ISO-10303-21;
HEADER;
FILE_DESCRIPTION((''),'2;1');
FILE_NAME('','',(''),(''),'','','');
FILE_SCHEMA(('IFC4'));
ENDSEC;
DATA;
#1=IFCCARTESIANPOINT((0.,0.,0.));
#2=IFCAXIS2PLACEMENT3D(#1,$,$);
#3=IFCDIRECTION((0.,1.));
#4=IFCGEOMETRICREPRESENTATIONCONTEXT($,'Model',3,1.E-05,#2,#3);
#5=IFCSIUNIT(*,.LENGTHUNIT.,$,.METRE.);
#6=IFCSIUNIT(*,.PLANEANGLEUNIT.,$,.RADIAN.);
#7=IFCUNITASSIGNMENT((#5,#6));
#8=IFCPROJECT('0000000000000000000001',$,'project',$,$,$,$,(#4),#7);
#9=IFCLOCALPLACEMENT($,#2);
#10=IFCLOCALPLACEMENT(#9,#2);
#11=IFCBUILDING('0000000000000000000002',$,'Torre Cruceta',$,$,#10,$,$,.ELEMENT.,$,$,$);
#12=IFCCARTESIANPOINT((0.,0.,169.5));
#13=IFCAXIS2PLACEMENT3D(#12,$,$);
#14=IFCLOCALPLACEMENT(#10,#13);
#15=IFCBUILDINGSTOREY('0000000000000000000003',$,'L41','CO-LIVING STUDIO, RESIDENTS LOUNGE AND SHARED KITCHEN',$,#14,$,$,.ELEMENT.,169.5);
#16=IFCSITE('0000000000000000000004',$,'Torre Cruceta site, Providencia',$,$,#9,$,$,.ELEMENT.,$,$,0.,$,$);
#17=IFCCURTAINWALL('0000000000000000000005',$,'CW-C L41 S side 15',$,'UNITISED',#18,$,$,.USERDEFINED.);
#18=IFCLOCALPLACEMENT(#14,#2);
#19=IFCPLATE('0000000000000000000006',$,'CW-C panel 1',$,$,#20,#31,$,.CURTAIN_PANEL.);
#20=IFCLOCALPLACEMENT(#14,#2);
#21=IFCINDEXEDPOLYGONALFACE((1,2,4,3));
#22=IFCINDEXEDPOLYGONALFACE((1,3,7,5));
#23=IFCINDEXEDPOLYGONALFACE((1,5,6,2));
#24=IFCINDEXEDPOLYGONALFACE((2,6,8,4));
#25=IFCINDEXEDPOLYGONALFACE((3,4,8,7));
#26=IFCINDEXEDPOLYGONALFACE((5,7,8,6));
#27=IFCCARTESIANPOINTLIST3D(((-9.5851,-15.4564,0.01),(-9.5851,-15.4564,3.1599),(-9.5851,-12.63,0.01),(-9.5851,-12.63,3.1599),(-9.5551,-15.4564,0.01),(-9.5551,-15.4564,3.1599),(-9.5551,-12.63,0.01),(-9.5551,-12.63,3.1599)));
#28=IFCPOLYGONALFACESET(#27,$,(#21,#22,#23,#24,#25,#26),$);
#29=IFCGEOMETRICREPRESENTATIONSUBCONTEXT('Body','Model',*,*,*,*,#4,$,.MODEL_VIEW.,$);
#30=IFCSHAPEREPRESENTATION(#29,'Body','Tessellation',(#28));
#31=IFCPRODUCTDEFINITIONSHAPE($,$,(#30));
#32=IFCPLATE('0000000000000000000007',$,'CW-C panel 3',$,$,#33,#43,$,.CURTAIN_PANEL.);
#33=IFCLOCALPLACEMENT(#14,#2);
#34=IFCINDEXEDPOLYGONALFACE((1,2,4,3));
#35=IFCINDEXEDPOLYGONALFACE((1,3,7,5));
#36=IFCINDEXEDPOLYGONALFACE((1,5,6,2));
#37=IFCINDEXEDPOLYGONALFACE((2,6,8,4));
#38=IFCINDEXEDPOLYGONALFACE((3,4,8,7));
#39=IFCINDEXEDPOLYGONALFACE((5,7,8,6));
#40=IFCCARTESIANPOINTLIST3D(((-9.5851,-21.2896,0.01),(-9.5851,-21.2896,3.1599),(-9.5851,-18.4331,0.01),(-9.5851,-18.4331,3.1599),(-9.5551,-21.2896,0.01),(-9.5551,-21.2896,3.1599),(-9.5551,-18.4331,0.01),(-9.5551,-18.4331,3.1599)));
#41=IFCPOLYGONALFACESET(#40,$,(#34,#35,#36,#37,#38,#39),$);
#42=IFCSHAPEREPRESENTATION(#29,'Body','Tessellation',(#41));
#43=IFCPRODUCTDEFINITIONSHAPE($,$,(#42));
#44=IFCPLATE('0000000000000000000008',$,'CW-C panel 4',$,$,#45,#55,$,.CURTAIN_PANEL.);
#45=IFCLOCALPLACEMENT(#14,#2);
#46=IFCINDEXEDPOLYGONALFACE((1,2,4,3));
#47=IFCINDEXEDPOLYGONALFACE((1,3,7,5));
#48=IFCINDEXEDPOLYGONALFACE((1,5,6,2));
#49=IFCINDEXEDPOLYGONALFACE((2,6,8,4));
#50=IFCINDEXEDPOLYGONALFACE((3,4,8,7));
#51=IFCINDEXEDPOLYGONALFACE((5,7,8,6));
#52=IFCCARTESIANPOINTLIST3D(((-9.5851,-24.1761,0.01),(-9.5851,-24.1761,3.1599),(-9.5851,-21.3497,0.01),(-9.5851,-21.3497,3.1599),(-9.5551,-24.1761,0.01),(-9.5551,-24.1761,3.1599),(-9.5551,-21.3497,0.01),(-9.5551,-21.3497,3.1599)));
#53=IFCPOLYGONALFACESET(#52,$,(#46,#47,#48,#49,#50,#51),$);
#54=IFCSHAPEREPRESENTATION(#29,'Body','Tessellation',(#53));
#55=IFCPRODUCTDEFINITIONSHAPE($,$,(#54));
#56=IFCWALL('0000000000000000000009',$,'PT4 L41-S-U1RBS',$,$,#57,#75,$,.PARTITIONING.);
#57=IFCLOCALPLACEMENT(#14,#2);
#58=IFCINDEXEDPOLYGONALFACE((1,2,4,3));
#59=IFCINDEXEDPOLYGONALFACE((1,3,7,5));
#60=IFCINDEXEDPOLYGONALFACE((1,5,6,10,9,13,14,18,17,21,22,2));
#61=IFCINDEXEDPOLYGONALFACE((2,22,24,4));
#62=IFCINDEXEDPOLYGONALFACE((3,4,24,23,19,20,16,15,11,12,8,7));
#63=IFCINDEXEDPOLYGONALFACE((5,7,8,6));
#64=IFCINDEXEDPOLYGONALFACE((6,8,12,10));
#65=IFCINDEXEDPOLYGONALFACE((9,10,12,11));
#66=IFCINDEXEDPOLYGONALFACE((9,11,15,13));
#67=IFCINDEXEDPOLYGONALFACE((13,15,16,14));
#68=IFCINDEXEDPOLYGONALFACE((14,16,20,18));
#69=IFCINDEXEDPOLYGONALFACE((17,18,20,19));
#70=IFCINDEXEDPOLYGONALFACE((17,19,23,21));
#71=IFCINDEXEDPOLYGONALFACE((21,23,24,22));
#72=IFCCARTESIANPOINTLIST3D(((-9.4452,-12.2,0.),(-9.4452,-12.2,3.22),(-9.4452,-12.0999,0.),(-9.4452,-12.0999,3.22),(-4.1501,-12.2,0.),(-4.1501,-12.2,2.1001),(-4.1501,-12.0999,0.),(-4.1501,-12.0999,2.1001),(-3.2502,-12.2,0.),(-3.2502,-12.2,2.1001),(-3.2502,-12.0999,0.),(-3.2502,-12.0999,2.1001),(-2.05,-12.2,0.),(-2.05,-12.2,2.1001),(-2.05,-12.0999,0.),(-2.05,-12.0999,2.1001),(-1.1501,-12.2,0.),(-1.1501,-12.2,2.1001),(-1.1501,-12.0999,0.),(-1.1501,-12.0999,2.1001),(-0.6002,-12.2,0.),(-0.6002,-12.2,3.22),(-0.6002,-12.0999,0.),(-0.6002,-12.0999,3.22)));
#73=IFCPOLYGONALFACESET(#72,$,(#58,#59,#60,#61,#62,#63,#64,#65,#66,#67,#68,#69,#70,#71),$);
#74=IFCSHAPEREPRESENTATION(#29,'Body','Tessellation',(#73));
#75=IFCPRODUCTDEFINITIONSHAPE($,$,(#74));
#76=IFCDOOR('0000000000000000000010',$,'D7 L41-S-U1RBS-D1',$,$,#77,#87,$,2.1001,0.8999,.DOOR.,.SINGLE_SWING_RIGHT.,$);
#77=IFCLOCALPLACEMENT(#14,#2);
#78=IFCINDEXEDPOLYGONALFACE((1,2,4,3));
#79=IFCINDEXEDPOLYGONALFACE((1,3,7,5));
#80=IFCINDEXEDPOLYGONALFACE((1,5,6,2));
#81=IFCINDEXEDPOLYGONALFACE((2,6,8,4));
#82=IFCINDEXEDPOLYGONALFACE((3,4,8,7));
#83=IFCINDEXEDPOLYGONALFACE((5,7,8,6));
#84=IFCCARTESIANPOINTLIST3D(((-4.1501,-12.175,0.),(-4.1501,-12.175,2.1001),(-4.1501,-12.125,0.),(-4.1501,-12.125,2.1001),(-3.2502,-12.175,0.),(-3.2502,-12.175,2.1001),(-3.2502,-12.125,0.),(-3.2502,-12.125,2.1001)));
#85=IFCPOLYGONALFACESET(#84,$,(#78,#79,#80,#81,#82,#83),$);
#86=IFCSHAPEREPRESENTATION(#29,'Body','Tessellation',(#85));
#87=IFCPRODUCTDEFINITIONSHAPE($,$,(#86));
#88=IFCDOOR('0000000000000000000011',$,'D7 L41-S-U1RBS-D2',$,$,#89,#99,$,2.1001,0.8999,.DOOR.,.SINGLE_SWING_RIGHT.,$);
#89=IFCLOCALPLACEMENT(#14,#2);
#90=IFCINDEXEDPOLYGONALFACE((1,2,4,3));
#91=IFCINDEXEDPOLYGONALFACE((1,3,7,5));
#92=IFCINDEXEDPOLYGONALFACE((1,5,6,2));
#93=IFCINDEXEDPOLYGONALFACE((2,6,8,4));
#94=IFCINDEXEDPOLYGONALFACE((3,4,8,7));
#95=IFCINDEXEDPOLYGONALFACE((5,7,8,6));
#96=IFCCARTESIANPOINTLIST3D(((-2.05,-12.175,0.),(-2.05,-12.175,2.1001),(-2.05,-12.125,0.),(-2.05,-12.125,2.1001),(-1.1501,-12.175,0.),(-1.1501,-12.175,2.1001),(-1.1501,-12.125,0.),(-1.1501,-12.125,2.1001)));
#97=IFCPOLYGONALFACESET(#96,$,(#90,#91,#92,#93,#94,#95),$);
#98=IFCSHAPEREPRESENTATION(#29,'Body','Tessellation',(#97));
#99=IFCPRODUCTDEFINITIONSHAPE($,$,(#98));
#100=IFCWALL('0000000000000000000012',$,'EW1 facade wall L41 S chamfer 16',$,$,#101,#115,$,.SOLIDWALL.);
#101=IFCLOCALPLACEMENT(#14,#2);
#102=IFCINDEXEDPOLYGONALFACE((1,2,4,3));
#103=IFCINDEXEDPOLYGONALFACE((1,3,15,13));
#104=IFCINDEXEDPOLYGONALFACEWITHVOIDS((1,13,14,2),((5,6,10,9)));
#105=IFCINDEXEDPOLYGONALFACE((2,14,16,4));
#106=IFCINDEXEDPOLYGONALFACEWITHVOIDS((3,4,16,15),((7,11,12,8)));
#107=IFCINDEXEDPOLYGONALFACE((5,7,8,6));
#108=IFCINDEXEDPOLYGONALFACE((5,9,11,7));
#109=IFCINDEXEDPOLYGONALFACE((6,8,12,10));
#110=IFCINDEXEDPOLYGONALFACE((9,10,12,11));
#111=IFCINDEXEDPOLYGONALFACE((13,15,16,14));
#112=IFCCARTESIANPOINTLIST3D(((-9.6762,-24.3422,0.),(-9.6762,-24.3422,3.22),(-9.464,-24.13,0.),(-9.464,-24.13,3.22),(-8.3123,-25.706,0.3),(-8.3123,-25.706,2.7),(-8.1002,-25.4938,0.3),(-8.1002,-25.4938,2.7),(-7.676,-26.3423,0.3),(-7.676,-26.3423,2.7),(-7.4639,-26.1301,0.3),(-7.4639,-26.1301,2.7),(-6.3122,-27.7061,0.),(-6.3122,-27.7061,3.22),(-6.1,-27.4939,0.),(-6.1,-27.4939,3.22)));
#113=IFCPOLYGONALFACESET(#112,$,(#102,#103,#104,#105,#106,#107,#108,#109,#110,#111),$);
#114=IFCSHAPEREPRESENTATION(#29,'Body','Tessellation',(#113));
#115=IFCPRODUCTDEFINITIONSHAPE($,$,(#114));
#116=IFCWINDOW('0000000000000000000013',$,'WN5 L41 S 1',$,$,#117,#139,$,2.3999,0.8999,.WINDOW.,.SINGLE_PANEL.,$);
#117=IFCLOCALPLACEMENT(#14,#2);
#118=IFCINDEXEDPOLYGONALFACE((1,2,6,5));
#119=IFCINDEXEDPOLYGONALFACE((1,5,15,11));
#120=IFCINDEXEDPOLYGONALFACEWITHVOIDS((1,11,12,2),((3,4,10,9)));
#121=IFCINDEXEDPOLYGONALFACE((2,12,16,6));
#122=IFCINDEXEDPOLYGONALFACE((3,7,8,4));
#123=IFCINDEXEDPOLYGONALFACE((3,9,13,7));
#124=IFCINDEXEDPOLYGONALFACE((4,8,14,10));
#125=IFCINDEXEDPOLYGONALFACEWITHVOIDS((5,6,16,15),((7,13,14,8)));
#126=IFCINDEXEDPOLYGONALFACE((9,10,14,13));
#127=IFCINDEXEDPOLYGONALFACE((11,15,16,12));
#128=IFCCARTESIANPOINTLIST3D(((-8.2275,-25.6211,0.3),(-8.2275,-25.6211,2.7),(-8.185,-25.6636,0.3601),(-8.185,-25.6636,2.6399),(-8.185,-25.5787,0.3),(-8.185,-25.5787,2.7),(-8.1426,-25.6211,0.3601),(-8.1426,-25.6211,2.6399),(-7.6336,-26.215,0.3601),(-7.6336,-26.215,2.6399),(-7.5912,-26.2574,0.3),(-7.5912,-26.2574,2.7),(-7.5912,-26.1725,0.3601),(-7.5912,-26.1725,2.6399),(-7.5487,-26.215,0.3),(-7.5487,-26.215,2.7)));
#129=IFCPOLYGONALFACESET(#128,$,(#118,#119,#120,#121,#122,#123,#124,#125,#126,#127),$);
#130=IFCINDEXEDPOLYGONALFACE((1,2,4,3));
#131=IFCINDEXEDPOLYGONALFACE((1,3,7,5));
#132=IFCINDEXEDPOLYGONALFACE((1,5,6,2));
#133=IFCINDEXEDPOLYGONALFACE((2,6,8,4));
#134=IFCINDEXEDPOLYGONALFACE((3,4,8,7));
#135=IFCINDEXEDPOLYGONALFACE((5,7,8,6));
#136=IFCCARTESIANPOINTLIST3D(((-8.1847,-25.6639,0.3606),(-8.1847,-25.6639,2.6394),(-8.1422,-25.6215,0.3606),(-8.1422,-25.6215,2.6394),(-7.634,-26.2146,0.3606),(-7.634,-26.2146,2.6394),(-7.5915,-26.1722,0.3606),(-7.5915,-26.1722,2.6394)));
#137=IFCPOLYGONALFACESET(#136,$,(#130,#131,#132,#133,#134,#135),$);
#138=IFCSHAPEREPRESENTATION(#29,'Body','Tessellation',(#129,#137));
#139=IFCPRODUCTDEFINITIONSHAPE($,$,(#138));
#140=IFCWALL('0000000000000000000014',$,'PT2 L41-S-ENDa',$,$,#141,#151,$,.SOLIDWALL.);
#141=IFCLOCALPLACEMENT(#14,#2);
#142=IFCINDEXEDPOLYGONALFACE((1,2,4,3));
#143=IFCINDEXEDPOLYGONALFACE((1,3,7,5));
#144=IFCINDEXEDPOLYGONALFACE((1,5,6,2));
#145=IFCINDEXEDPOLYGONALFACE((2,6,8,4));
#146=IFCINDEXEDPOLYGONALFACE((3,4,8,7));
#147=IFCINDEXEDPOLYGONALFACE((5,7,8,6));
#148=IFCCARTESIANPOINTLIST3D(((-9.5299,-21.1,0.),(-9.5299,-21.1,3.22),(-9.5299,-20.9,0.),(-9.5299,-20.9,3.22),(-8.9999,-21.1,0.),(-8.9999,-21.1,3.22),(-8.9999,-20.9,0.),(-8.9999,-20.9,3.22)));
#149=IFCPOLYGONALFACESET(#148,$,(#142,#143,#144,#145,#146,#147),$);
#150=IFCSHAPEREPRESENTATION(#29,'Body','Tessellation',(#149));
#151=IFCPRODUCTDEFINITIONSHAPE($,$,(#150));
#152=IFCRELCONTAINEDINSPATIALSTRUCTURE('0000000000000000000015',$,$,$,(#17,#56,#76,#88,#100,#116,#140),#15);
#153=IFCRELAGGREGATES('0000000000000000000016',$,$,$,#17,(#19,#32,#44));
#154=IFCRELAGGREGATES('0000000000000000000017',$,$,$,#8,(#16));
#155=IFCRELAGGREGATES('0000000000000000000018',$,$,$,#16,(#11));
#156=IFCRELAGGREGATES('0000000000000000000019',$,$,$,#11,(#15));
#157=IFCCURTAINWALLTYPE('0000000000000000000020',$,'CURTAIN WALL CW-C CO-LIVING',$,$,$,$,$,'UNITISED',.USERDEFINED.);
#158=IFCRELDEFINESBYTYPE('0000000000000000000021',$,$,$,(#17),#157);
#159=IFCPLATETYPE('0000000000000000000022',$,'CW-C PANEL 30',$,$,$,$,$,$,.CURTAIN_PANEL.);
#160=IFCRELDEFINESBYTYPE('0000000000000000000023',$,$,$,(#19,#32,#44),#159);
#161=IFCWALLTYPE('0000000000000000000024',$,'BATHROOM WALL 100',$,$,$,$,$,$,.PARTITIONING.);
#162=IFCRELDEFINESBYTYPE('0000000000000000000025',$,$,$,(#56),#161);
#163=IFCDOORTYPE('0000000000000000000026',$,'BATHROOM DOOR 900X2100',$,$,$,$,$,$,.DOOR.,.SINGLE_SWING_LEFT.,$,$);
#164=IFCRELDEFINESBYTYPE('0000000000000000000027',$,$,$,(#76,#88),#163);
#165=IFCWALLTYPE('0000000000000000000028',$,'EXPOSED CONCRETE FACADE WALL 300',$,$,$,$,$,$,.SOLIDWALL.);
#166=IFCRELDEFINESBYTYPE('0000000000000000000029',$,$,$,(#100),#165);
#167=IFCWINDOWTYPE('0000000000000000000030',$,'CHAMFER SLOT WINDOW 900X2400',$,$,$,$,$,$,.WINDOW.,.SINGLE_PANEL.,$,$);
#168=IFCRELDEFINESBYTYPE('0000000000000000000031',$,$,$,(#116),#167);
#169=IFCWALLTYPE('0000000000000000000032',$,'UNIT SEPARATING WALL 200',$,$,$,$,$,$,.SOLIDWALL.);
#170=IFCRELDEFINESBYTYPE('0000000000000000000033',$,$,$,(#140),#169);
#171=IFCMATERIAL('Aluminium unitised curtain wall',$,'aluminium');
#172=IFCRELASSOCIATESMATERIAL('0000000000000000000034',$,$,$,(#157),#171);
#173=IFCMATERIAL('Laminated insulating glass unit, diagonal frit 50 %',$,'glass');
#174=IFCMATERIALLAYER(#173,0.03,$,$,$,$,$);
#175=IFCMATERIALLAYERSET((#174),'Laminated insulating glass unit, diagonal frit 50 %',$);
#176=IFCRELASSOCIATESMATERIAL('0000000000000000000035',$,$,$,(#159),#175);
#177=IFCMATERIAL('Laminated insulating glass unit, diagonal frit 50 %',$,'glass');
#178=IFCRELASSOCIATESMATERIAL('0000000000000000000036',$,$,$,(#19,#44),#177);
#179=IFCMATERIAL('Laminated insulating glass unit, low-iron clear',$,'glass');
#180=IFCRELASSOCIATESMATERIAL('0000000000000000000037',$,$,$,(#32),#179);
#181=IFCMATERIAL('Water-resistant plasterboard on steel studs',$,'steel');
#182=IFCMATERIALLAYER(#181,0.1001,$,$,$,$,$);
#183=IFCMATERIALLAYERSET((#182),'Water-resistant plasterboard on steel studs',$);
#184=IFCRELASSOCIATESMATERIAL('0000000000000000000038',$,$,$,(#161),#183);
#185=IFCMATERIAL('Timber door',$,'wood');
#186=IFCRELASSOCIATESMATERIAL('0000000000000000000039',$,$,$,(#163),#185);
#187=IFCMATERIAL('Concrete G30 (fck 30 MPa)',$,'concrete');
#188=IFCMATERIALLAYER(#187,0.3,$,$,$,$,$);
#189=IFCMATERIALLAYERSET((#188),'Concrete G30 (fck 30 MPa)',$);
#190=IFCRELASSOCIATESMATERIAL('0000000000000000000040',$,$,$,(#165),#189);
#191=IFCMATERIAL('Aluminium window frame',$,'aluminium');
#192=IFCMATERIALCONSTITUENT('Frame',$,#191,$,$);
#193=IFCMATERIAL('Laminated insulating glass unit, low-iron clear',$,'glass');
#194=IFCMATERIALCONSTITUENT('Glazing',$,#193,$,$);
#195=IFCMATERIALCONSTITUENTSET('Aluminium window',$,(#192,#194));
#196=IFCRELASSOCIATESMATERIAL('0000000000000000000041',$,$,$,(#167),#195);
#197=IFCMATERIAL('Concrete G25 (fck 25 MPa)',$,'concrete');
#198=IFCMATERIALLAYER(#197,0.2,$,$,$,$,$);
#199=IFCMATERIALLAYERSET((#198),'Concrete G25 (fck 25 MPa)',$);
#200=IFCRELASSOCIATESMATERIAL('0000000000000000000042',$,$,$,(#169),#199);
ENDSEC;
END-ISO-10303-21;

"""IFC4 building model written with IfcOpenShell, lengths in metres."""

from ifc_helpers import new_model, si_unit, direction, frame, frame_2d, origin, origin_2d, place, context, subcontext, project, spatial, rectangle, hollow_rectangle, extrude, material, layer, layer_set, constituent, constituent_set, type_object, element, fill, aggregate, save


model = new_model("IFC4")

# Units and contexts
model_context = context("Model", 3, precision=1e-05, world=origin(), true_north=direction((0.0, 1.0)))
body_context = subcontext(model_context, "Body", "Model", "MODEL_VIEW")
ifc_project = project(units=[si_unit("LENGTHUNIT", "METRE"), si_unit("PLANEANGLEUNIT", "RADIAN")], contexts=[model_context])

# Site, building, storey
site_placement = place(None, origin())
site = spatial("IfcSite", under=ifc_project, at=site_placement, Name="Torre Cruceta site, Providencia", CompositionType="ELEMENT", RefElevation=0.0)
building_placement = place(site_placement, origin())
building = spatial("IfcBuilding", under=site, at=building_placement, Name="Torre Cruceta", CompositionType="ELEMENT")
storey_placement = place(building_placement, frame((0.0, 0.0, 169.5)))
storey = spatial("IfcBuildingStorey", under=building, at=storey_placement, Name="L41", Description="CO-LIVING STUDIO, RESIDENTS LOUNGE AND SHARED KITCHEN", CompositionType="ELEMENT", Elevation=169.5)

# Shared definitions
ifc_material_1 = material(Name="Aluminium unitised curtain wall", Category="aluminium")
curtain_wall_type = type_object("IfcCurtainWallType", Name="CURTAIN WALL CW-C CO-LIVING", ElementType="UNITISED", PredefinedType="USERDEFINED", material=ifc_material_1)

# Curtain wall
curtain_wall_1_placement = place(storey_placement, origin())
curtain_wall_1 = element("IfcCurtainWall", 1, at=curtain_wall_1_placement, inside=storey, type_object=curtain_wall_type, Name="CW-C L41 S side 15", ObjectType="UNITISED", PredefinedType="USERDEFINED")

# Plates
ifc_material_2 = material(Name="Laminated insulating glass unit, low-iron clear", Category="glass")
ifc_material_3 = material(Name="Laminated insulating glass unit, diagonal frit 50 %", Category="glass")
ifc_material_4 = material(Name="Laminated insulating glass unit, diagonal frit 50 %", Category="glass")
ifc_layer_1 = layer(ifc_material_4, 0.03)
ifc_layer_set_1 = layer_set([ifc_layer_1], Name="Laminated insulating glass unit, diagonal frit 50 %")
plate_type_1 = type_object("IfcPlateType", Name="CW-C PANEL 30", PredefinedType="CURTAIN_PANEL", material=ifc_layer_set_1)
plate_1_placement = place(storey_placement, frame((-9.5701, -14.0432, 0.01), z_axis=(0.0, 0.0, 1.0), x_axis=(0.0, -1.0, 0.0)))
plate_1 = element("IfcPlate", 2, at=plate_1_placement, type_object=plate_type_1, material=ifc_material_3, Name="CW-C panel 1", PredefinedType="CURTAIN_PANEL", context=body_context, shape_type="SweptSolid", body=[
    extrude(rectangle(XDim=2.8264, YDim=0.03, at=origin_2d()), origin(), (0.0, 0.0, 1.0), 3.1499),
])
plate_2_placement = place(storey_placement, frame((-9.5701, -19.8613, 0.01), z_axis=(0.0, 0.0, 1.0), x_axis=(0.0, -1.0, 0.0)))
plate_2 = element("IfcPlate", 3, at=plate_2_placement, type_object=plate_type_1, material=ifc_material_2, Name="CW-C panel 3", PredefinedType="CURTAIN_PANEL", context=body_context, shape_type="SweptSolid", body=[
    extrude(rectangle(XDim=2.8564, YDim=0.03, at=origin_2d()), origin(), (0.0, 0.0, 1.0), 3.1499),
])
plate_3_placement = place(storey_placement, frame((-9.5701, -22.7629, 0.01), z_axis=(0.0, 0.0, 1.0), x_axis=(0.0, -1.0, 0.0)))
plate_3 = element("IfcPlate", 4, at=plate_3_placement, type_object=plate_type_1, material=ifc_material_3, Name="CW-C panel 4", PredefinedType="CURTAIN_PANEL", context=body_context, shape_type="SweptSolid", body=[
    extrude(rectangle(XDim=2.8264, YDim=0.03, at=origin_2d()), origin(), (0.0, 0.0, 1.0), 3.1499),
])
aggregate(curtain_wall_1, [plate_1, plate_2, plate_3])

# Wall, openings, doors
ifc_material_5 = material(Name="Water-resistant plasterboard on steel studs", Category="steel")
ifc_layer_2 = layer(ifc_material_5, 0.1001)
ifc_layer_set_2 = layer_set([ifc_layer_2], Name="Water-resistant plasterboard on steel studs")
wall_type_1 = type_object("IfcWallType", Name="BATHROOM WALL 100", PredefinedType="PARTITIONING", material=ifc_layer_set_2)
wall_1_placement = place(storey_placement, frame((-9.4451, -12.1499, 0.0), z_axis=(0.0, 0.0, 1.0), x_axis=(1.0, 0.0, 0.0)))
wall_1 = element("IfcWall", 5, at=wall_1_placement, inside=storey, type_object=wall_type_1, Name="PT4 L41-S-U1RBS", PredefinedType="PARTITIONING", context=body_context, shape_type="SweptSolid", body=[
    extrude(rectangle(XDim=8.845, YDim=0.1001, at=frame_2d((4.4224, 0.0))), origin(), (0.0, 0.0, 1.0), 3.22),
])
opening_1_placement = place(wall_1_placement, frame((5.2949, 0.0, 0.0)))
opening_1 = element("IfcOpeningElement", 6, at=opening_1_placement, cuts=wall_1, PredefinedType="OPENING", context=body_context, shape_type="SweptSolid", body=[
    extrude(rectangle(XDim=0.8999, YDim=2.1001, at=frame_2d((0.45, 1.05))), frame((0.0, 0.0601, 0.0), z_axis=(0.0, -1.0, 0.0), x_axis=(1.0, 0.0, 0.0)), (0.0, 0.0, 1.0), 0.1201),
])
opening_2_placement = place(wall_1_placement, frame((7.395, 0.0, 0.0)))
opening_2 = element("IfcOpeningElement", 7, at=opening_2_placement, cuts=wall_1, PredefinedType="OPENING", context=body_context, shape_type="SweptSolid", body=[
    extrude(rectangle(XDim=0.8999, YDim=2.1001, at=frame_2d((0.45, 1.05))), frame((0.0, 0.0601, 0.0), z_axis=(0.0, -1.0, 0.0), x_axis=(1.0, 0.0, 0.0)), (0.0, 0.0, 1.0), 0.1201),
])
ifc_material_6 = material(Name="Timber door", Category="wood")
door_type = type_object("IfcDoorType", Name="BATHROOM DOOR 900X2100", OperationType="SINGLE_SWING_LEFT", PredefinedType="DOOR", material=ifc_material_6)
door_1_placement = place(opening_1_placement, origin())
door_1 = element("IfcDoor", 8, at=door_1_placement, inside=storey, type_object=door_type, Name="D7 L41-S-U1RBS-D1", OperationType="SINGLE_SWING_RIGHT", OverallHeight=2.1001, OverallWidth=0.8999, PredefinedType="DOOR", context=body_context, shape_type="SweptSolid", body=[
    extrude(rectangle(XDim=0.8999, YDim=2.1001, at=frame_2d((0.45, 1.05))), frame((0.0, 0.0249, 0.0), z_axis=(0.0, -1.0, 0.0), x_axis=(1.0, 0.0, 0.0)), (0.0, 0.0, 1.0), 0.05),
])
fill(opening_1, door_1)
door_2_placement = place(opening_2_placement, origin())
door_2 = element("IfcDoor", 9, at=door_2_placement, inside=storey, type_object=door_type, Name="D7 L41-S-U1RBS-D2", OperationType="SINGLE_SWING_RIGHT", OverallHeight=2.1001, OverallWidth=0.8999, PredefinedType="DOOR", context=body_context, shape_type="SweptSolid", body=[
    extrude(rectangle(XDim=0.8999, YDim=2.1001, at=frame_2d((0.45, 1.05))), frame((0.0, 0.0249, 0.0), z_axis=(0.0, -1.0, 0.0), x_axis=(1.0, 0.0, 0.0)), (0.0, 0.0, 1.0), 0.05),
])
fill(opening_2, door_2)

# Wall, opening, window
ifc_material_7 = material(Name="Concrete G30 (fck 30 MPa)", Category="concrete")
ifc_layer_3 = layer(ifc_material_7, 0.3)
ifc_layer_set_3 = layer_set([ifc_layer_3], Name="Concrete G30 (fck 30 MPa)")
wall_type_2 = type_object("IfcWallType", Name="EXPOSED CONCRETE FACADE WALL 300", PredefinedType="SOLIDWALL", material=ifc_layer_set_3)
wall_2_placement = place(storey_placement, frame((-9.5701, -24.2361, 0.0), z_axis=(0.0, 0.0, 1.0), x_axis=(0.707107, -0.707107, 0.0)))
wall_2 = element("IfcWall", 10, at=wall_2_placement, inside=storey, type_object=wall_type_2, Name="EW1 facade wall L41 S chamfer 16", PredefinedType="SOLIDWALL", context=body_context, shape_type="SweptSolid", body=[
    extrude(rectangle(XDim=4.7573, YDim=0.3, at=frame_2d((2.3787, 0.0))), origin(), (0.0, 0.0, 1.0), 3.22),
])
opening_3_placement = place(wall_2_placement, frame((1.9287, 0.0, 0.3)))
opening_3 = element("IfcOpeningElement", 11, at=opening_3_placement, cuts=wall_2, PredefinedType="OPENING", context=body_context, shape_type="SweptSolid", body=[
    extrude(rectangle(XDim=0.8999, YDim=2.3999, at=frame_2d((0.45, 1.2))), frame((0.0, 0.1599, 0.0), z_axis=(0.0, -1.0, 0.0), x_axis=(1.0, 0.0, 0.0)), (0.0, 0.0, 1.0), 0.3201),
])
ifc_material_8 = material(Name="Aluminium window frame", Category="aluminium")
ifc_constituent_1 = constituent(ifc_material_8, Name="Frame")
ifc_material_9 = material(Name="Laminated insulating glass unit, low-iron clear", Category="glass")
ifc_constituent_2 = constituent(ifc_material_9, Name="Glazing")
ifc_constituent_set_1 = constituent_set(constituents=[ifc_constituent_1, ifc_constituent_2], Name="Aluminium window")
window_type = type_object("IfcWindowType", Name="CHAMFER SLOT WINDOW 900X2400", PartitioningType="SINGLE_PANEL", PredefinedType="WINDOW", material=ifc_constituent_set_1)
window_placement = place(opening_3_placement, origin())
window = element("IfcWindow", 12, at=window_placement, inside=storey, type_object=window_type, Name="WN5 L41 S 1", OverallHeight=2.3999, OverallWidth=0.8999, PartitioningType="SINGLE_PANEL", PredefinedType="WINDOW", context=body_context, shape_type="SweptSolid", body=[
    extrude(hollow_rectangle(XDim=0.8999, YDim=2.3999, WallThickness=0.0601, at=frame_2d((0.45, 1.2))), frame((0.0, 0.03, 0.0), z_axis=(0.0, -1.0, 0.0), x_axis=(1.0, 0.0, 0.0)), (0.0, 0.0, 1.0), 0.0601),
    extrude(rectangle(XDim=0.7788, YDim=2.2788, at=frame_2d((0.45, 1.2))), frame((0.0, 0.03, 0.0), z_axis=(0.0, -1.0, 0.0), x_axis=(1.0, 0.0, 0.0)), (0.0, 0.0, 1.0), 0.0601),
])
fill(opening_3, window)

# Wall
ifc_material_10 = material(Name="Concrete G25 (fck 25 MPa)", Category="concrete")
ifc_layer_4 = layer(ifc_material_10, 0.2)
ifc_layer_set_4 = layer_set([ifc_layer_4], Name="Concrete G25 (fck 25 MPa)")
wall_type_3 = type_object("IfcWallType", Name="UNIT SEPARATING WALL 200", PredefinedType="SOLIDWALL", material=ifc_layer_set_4)
wall_3_placement = place(storey_placement, frame((-9.53, -21.0, 0.0), z_axis=(0.0, 0.0, 1.0), x_axis=(1.0, 0.0, 0.0)))
element("IfcWall", 13, at=wall_3_placement, inside=storey, type_object=wall_type_3, Name="PT2 L41-S-ENDa", PredefinedType="SOLIDWALL", context=body_context, shape_type="SweptSolid", body=[
    extrude(rectangle(XDim=0.53, YDim=0.2, at=frame_2d((0.2651, 0.0))), origin(), (0.0, 0.0, 1.0), 3.22),
])

save(model, "model.ifc")
